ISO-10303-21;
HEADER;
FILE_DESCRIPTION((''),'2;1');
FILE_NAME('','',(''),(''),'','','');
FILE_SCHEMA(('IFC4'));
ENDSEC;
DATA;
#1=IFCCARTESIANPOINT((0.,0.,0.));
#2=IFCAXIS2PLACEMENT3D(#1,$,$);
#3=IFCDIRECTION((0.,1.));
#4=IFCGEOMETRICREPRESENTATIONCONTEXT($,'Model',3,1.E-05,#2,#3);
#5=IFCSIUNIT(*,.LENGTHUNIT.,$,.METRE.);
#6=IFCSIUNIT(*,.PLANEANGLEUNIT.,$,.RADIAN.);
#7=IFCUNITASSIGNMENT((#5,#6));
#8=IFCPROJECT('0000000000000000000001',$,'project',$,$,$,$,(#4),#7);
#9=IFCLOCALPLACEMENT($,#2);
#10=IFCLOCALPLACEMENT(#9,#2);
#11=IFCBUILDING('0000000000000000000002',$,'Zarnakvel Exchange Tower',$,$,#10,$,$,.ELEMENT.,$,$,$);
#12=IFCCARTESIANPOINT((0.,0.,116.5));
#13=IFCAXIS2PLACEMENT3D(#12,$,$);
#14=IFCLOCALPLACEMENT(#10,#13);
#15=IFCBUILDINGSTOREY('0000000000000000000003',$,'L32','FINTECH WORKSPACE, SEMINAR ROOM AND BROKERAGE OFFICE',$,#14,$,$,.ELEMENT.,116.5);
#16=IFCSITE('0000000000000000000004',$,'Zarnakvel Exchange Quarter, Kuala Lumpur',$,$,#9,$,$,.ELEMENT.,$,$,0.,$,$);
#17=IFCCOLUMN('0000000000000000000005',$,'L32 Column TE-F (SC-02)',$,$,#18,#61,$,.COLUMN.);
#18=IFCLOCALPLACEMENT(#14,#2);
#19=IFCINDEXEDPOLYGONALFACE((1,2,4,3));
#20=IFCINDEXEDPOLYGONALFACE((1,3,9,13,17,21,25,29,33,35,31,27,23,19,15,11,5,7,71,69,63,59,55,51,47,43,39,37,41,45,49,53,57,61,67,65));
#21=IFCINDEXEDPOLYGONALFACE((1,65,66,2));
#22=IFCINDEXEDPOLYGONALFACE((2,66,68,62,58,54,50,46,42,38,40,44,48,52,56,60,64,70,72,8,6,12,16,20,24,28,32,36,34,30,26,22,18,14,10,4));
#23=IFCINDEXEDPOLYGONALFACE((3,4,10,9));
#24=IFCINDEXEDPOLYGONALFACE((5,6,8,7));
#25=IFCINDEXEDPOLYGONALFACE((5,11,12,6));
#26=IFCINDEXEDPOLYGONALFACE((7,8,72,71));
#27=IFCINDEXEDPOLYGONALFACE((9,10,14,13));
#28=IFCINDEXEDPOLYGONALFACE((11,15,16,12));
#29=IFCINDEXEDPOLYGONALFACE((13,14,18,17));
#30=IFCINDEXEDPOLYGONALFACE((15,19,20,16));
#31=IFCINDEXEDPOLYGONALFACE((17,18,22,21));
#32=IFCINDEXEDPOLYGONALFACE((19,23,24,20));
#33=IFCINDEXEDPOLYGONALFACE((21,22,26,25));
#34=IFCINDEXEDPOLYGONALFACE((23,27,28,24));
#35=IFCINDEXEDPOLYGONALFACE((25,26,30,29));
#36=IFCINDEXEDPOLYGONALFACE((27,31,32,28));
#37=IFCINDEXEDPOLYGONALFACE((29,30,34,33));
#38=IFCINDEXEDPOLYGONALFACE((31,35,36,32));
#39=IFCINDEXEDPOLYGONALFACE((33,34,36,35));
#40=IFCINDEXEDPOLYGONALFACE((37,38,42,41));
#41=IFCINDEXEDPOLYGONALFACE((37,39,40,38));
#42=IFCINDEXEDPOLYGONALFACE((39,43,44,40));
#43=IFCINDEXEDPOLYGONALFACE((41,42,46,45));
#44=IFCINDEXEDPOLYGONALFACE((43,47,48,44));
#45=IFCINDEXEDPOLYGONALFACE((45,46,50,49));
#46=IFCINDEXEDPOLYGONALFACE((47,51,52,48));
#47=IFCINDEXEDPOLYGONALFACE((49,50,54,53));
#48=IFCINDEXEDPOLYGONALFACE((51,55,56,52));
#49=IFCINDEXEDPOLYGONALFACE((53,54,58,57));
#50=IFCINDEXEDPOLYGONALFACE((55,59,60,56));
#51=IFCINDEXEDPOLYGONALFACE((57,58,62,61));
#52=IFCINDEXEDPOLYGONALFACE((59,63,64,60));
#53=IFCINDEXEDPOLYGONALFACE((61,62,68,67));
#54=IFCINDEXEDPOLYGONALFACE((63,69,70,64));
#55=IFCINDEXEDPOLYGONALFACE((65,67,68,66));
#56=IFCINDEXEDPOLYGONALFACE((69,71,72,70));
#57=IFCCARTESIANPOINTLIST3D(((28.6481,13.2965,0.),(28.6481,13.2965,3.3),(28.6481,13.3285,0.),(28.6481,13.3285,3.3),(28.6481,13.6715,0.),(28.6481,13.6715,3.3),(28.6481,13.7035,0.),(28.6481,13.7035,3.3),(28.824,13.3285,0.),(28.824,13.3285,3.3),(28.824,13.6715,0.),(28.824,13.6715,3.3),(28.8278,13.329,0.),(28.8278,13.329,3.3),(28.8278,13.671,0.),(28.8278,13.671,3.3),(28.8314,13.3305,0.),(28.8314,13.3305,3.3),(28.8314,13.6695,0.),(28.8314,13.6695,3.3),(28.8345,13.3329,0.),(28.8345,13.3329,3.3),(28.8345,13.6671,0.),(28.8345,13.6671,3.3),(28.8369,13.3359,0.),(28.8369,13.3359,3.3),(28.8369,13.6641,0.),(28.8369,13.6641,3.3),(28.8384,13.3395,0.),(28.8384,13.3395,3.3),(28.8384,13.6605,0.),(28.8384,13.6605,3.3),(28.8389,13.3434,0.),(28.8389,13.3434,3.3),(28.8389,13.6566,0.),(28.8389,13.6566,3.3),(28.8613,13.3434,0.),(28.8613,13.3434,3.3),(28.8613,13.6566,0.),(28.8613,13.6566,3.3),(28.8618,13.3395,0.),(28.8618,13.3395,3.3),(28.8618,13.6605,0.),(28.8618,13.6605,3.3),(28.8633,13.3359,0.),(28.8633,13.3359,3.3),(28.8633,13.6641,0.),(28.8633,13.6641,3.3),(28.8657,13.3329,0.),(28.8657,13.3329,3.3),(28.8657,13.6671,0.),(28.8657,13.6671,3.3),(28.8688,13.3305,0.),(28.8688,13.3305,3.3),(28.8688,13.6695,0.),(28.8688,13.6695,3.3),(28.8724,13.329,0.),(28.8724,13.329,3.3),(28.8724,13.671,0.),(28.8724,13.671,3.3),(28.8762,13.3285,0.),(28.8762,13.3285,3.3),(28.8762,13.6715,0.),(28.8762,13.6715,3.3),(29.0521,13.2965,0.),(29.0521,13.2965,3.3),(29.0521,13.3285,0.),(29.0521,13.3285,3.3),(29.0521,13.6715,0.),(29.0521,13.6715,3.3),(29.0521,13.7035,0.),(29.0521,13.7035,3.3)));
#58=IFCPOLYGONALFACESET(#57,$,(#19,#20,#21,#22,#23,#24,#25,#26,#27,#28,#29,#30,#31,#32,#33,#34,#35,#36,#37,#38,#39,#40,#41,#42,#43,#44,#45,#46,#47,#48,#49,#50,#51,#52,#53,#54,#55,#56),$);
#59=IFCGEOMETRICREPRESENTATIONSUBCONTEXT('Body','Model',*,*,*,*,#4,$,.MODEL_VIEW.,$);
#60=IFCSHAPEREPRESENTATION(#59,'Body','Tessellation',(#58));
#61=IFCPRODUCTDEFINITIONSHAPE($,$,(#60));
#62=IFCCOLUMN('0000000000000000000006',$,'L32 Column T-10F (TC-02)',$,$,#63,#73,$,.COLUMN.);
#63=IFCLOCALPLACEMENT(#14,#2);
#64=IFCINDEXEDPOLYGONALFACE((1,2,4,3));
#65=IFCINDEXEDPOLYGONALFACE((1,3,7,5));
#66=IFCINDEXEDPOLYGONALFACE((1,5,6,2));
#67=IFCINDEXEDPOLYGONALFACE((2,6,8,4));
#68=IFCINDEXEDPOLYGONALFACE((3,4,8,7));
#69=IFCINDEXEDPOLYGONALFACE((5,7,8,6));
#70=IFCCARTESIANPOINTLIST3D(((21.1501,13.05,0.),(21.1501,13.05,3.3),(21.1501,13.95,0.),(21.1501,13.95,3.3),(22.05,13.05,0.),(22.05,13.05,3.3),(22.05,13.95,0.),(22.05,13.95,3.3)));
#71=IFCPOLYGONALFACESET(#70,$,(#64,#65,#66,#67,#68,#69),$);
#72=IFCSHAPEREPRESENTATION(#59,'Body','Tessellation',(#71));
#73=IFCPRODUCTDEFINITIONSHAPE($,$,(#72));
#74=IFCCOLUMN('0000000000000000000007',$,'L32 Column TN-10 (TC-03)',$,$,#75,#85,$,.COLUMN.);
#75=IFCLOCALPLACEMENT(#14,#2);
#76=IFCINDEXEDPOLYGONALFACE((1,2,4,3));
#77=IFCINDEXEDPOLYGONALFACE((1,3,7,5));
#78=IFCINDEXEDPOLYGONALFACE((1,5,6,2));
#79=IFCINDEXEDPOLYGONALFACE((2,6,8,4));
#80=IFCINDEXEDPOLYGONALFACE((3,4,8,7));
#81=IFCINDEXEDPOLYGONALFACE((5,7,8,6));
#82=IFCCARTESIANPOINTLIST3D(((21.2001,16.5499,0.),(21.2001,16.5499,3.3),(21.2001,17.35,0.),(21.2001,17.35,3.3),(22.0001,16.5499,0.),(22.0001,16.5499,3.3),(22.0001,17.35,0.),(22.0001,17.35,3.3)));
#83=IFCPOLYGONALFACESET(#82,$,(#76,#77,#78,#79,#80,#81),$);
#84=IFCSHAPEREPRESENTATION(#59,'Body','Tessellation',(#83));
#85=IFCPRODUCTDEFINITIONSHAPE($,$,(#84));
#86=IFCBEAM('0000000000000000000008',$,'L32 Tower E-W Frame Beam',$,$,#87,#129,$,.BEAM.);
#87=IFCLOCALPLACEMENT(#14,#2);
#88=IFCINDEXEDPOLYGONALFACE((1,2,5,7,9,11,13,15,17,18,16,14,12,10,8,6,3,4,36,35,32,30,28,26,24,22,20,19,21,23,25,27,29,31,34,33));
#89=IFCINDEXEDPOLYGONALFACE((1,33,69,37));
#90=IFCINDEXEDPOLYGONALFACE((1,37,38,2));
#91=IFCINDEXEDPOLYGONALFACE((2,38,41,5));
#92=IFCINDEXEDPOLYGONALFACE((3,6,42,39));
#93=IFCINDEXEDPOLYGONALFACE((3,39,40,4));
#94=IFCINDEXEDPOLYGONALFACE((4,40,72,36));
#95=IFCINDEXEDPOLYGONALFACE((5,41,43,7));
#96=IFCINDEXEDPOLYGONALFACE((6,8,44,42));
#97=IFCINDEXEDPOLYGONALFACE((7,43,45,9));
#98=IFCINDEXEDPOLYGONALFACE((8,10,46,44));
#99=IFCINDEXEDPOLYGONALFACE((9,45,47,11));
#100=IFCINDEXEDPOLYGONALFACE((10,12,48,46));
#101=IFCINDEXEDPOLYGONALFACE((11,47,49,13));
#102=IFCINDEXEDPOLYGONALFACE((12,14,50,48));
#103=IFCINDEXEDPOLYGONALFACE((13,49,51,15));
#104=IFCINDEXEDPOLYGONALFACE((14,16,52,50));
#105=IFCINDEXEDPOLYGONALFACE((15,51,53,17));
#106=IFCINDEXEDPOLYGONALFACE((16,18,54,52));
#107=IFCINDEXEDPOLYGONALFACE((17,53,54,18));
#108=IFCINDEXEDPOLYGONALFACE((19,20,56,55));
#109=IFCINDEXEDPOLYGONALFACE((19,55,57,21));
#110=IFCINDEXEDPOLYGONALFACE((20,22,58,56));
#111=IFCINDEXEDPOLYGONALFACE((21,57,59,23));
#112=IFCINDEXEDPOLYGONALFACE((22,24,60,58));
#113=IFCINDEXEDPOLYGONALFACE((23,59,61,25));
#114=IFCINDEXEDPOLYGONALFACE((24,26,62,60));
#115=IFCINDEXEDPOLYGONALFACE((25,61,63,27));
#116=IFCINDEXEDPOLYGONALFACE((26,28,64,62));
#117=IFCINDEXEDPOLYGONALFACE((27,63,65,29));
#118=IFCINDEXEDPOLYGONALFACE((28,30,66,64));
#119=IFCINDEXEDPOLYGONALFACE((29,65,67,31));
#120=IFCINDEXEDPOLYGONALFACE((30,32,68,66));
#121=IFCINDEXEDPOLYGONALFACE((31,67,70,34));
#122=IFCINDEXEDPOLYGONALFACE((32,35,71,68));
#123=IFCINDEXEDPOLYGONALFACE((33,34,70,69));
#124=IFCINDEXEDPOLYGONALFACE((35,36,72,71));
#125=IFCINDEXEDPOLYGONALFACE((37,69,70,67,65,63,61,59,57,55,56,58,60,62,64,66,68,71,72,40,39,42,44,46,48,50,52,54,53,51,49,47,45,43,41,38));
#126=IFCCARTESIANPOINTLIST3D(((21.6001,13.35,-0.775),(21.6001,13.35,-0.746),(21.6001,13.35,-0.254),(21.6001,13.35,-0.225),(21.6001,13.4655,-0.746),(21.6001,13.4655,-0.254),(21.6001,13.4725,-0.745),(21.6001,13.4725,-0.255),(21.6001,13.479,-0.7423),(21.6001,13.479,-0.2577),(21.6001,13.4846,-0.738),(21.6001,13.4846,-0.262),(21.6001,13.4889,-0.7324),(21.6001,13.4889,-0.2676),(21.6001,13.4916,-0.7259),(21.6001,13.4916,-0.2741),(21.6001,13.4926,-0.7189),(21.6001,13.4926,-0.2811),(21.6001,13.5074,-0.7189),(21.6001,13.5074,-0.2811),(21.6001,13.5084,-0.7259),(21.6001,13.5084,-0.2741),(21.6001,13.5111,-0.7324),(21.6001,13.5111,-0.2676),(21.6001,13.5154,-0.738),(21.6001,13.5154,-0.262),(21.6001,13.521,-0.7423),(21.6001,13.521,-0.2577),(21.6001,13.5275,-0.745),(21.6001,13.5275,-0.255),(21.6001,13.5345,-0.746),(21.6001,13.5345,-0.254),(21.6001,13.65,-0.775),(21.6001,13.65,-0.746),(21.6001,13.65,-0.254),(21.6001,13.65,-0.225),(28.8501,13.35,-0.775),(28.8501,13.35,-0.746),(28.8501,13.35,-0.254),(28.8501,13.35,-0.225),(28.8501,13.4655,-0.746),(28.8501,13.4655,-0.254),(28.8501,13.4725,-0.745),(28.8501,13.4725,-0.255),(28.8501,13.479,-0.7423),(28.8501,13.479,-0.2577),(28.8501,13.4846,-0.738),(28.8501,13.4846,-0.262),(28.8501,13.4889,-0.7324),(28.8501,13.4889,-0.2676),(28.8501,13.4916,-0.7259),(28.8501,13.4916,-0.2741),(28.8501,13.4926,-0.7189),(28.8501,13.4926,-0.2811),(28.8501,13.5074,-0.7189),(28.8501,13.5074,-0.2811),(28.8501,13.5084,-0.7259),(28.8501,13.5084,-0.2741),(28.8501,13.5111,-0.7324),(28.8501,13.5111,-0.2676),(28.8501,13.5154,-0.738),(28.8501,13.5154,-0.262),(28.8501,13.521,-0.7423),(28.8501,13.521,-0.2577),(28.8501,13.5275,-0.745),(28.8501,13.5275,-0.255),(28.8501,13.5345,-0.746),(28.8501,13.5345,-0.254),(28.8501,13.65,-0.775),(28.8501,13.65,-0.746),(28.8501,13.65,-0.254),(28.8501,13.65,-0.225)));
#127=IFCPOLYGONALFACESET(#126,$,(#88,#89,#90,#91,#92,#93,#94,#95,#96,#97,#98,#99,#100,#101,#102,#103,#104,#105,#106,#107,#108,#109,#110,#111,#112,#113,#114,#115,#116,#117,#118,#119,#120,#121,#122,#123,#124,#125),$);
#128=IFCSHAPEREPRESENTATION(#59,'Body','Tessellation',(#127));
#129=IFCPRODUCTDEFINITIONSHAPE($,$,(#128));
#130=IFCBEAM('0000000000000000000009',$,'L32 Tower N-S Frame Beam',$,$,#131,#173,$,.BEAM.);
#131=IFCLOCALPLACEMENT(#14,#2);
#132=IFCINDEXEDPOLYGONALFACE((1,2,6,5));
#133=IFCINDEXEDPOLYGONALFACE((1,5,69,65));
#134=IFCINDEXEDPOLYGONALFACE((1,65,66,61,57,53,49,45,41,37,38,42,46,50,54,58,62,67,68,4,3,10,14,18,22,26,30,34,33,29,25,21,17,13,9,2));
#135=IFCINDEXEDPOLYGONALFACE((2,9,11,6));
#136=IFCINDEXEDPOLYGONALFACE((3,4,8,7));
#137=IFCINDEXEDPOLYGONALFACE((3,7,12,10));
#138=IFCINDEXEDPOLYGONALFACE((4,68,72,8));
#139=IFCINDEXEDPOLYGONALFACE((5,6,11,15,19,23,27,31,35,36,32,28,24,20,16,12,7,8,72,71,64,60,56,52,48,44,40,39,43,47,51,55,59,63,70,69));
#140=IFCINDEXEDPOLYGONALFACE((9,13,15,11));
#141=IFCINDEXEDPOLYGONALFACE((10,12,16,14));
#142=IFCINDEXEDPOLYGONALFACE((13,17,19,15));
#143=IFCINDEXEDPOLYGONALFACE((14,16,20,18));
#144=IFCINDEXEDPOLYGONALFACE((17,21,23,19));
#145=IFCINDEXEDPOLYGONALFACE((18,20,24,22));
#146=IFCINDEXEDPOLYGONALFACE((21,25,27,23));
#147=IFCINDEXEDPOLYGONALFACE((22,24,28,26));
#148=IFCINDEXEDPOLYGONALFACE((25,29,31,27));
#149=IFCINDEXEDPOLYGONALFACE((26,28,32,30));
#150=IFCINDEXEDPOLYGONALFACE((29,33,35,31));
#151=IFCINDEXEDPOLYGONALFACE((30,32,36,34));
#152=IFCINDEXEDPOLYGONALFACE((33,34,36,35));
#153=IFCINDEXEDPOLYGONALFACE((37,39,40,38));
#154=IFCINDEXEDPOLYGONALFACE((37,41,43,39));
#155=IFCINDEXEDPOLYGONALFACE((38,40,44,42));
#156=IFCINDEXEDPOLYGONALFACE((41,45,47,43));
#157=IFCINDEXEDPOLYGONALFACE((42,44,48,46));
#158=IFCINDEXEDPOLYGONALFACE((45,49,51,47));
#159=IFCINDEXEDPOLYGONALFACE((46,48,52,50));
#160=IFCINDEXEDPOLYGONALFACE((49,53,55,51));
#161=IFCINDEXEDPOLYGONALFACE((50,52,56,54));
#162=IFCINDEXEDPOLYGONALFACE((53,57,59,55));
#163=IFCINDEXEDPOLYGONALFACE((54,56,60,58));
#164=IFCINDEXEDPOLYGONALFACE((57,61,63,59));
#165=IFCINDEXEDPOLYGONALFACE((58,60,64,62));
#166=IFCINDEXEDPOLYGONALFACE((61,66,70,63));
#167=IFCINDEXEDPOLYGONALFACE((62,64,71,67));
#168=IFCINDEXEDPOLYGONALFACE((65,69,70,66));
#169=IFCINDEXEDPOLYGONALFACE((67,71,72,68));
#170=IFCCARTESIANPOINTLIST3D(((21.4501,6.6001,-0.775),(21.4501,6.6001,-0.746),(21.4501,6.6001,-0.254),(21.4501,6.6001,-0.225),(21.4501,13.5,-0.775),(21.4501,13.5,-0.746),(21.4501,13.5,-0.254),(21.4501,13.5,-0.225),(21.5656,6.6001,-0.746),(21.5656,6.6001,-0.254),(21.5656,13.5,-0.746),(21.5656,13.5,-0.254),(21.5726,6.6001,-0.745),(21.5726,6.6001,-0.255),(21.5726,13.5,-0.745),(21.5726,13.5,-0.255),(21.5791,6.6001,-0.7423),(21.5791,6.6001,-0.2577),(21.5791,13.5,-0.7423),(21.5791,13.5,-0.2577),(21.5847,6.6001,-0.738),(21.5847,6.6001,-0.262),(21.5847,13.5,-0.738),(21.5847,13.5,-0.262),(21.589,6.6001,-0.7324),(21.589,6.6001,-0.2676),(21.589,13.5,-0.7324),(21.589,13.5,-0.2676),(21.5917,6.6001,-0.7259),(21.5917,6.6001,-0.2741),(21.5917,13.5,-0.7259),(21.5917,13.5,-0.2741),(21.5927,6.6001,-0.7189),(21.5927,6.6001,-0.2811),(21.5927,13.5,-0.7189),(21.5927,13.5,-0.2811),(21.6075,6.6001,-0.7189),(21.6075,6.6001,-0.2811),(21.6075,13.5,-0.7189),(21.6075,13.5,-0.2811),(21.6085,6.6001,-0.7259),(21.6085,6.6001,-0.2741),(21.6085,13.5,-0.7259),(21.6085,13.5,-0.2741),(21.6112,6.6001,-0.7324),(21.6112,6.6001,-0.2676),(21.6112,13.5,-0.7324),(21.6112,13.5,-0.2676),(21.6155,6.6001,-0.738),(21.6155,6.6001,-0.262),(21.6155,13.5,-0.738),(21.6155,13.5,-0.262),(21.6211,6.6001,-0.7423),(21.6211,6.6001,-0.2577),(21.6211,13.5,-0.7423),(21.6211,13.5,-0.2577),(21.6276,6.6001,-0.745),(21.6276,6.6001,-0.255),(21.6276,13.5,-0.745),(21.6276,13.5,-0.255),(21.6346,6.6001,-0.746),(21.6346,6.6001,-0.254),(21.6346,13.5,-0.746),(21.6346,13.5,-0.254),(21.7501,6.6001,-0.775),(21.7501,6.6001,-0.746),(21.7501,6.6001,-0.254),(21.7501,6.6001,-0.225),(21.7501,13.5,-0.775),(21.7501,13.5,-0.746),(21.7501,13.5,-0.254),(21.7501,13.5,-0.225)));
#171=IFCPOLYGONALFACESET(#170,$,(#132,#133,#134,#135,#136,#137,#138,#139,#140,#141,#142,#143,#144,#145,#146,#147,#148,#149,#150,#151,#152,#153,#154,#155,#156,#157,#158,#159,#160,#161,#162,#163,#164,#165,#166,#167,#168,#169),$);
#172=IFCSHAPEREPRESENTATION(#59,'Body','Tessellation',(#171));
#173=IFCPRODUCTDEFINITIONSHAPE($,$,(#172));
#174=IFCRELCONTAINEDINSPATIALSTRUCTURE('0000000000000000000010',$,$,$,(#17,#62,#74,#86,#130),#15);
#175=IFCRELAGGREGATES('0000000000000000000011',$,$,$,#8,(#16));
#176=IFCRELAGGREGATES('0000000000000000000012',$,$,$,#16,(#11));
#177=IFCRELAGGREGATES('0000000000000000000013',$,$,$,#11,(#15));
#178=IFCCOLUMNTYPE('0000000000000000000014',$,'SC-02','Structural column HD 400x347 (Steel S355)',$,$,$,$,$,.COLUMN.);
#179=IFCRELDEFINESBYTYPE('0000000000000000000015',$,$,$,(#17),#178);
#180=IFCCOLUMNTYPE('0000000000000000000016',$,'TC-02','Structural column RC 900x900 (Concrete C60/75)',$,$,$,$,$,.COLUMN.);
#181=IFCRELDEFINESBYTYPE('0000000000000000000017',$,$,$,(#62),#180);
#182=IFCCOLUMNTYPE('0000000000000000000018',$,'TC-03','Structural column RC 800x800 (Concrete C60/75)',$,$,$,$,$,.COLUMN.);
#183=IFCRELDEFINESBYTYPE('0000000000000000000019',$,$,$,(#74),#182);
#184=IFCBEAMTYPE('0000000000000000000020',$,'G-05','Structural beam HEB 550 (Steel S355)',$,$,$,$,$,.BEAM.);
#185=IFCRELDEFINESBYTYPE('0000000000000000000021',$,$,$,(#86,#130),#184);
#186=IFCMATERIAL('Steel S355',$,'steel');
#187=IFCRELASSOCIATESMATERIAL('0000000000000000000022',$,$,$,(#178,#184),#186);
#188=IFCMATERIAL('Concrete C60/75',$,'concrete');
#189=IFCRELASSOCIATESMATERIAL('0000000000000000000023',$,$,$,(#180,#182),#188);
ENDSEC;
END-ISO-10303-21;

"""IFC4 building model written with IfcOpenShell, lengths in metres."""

from ifc_helpers import new_model, si_unit, direction, frame, origin, origin_2d, place, context, subcontext, project, spatial, rectangle, i_section, extrude, material, material_profile, profile_set, type_object, element, save


model = new_model("IFC4")

# Units and contexts
model_context = context("Model", 3, precision=1e-05, world=origin(), true_north=direction((0.0, 1.0)))
body_context = subcontext(model_context, "Body", "Model", "MODEL_VIEW")
ifc_project = project(units=[si_unit("LENGTHUNIT", "METRE"), si_unit("PLANEANGLEUNIT", "RADIAN")], contexts=[model_context])

# Site, building, storey
site_placement = place(None, origin())
site = spatial("IfcSite", under=ifc_project, at=site_placement, Name="Zarnakvel Exchange Quarter, Kuala Lumpur", CompositionType="ELEMENT", RefElevation=0.0)
building_placement = place(site_placement, origin())
building = spatial("IfcBuilding", under=site, at=building_placement, Name="Zarnakvel Exchange Tower", CompositionType="ELEMENT")
storey_placement = place(building_placement, frame((0.0, 0.0, 116.5)))
storey = spatial("IfcBuildingStorey", under=building, at=storey_placement, Name="L32", Description="FINTECH WORKSPACE, SEMINAR ROOM AND BROKERAGE OFFICE", CompositionType="ELEMENT", Elevation=116.5)

# Columns
ifc_material_1 = material(Name="Steel S355", Category="steel")
ifc_material_profile_1 = material_profile(ifc_material_1, i_section(OverallWidth=0.4041, OverallDepth=0.407, WebThickness=0.0225, FlangeThickness=0.032, FilletRadius=0.0149, at=origin_2d()))
ifc_profile_set_1 = profile_set([ifc_material_profile_1], Name="Steel S355")
column_type_1 = type_object("IfcColumnType", Name="SC-02", Description="Structural column HD 400x347 (Steel S355)", PredefinedType="COLUMN", material=ifc_profile_set_1)
column_1_placement = place(storey_placement, frame((28.8501, 13.5, 0.0), z_axis=(0.0, 0.0, 1.0), x_axis=(1.0, 0.0, 0.0)))
element("IfcColumn", 1, at=column_1_placement, inside=storey, type_object=column_type_1, Name="L32 Column TE-F (SC-02)", PredefinedType="COLUMN", context=body_context, shape_type="SweptSolid", body=[
    extrude(i_section(OverallWidth=0.4041, OverallDepth=0.407, WebThickness=0.0225, FlangeThickness=0.032, FilletRadius=0.0149, at=origin_2d()), origin(), (0.0, 0.0, 1.0), 3.3),
])
ifc_material_2 = material(Name="Concrete C60/75", Category="concrete")
ifc_material_profile_2 = material_profile(ifc_material_2, rectangle(XDim=0.8999, YDim=0.8999, at=origin_2d()))
ifc_profile_set_2 = profile_set([ifc_material_profile_2], Name="Concrete C60/75")
column_type_2 = type_object("IfcColumnType", Name="TC-02", Description="Structural column RC 900x900 (Concrete C60/75)", PredefinedType="COLUMN", material=ifc_profile_set_2)
column_2_placement = place(storey_placement, frame((21.6001, 13.5, 0.0), z_axis=(0.0, 0.0, 1.0), x_axis=(1.0, 0.0, 0.0)))
element("IfcColumn", 2, at=column_2_placement, inside=storey, type_object=column_type_2, Name="L32 Column T-10F (TC-02)", PredefinedType="COLUMN", context=body_context, shape_type="SweptSolid", body=[
    extrude(rectangle(XDim=0.8999, YDim=0.8999, at=origin_2d()), origin(), (0.0, 0.0, 1.0), 3.3),
])
ifc_material_profile_3 = material_profile(ifc_material_2, rectangle(XDim=0.8, YDim=0.8, at=origin_2d()))
ifc_profile_set_3 = profile_set([ifc_material_profile_3], Name="Concrete C60/75")
column_type_3 = type_object("IfcColumnType", Name="TC-03", Description="Structural column RC 800x800 (Concrete C60/75)", PredefinedType="COLUMN", material=ifc_profile_set_3)
column_3_placement = place(storey_placement, frame((21.6001, 16.95, 0.0), z_axis=(0.0, 0.0, 1.0), x_axis=(1.0, 0.0, 0.0)))
element("IfcColumn", 3, at=column_3_placement, inside=storey, type_object=column_type_3, Name="L32 Column TN-10 (TC-03)", PredefinedType="COLUMN", context=body_context, shape_type="SweptSolid", body=[
    extrude(rectangle(XDim=0.8, YDim=0.8, at=origin_2d()), origin(), (0.0, 0.0, 1.0), 3.3),
])

# Beams
ifc_material_profile_4 = material_profile(ifc_material_1, i_section(OverallWidth=0.3, OverallDepth=0.55, WebThickness=0.0149, FlangeThickness=0.0291, FilletRadius=0.0271, at=origin_2d()))
ifc_profile_set_4 = profile_set([ifc_material_profile_4], Name="Steel S355")
beam_type = type_object("IfcBeamType", Name="G-05", Description="Structural beam HEB 550 (Steel S355)", PredefinedType="BEAM", material=ifc_profile_set_4)
beam_1_placement = place(storey_placement, frame((21.6001, 13.5, -0.5), z_axis=(1.0, 0.0, 0.0), x_axis=(0.0, 1.0, 0.0)))
element("IfcBeam", 4, at=beam_1_placement, inside=storey, type_object=beam_type, Name="L32 Tower E-W Frame Beam", PredefinedType="BEAM", context=body_context, shape_type="SweptSolid", body=[
    extrude(i_section(OverallWidth=0.3, OverallDepth=0.55, WebThickness=0.0149, FlangeThickness=0.0291, FilletRadius=0.0271, at=origin_2d()), origin(), (0.0, 0.0, 1.0), 7.25),
])
beam_2_placement = place(storey_placement, frame((21.6001, 6.6001, -0.5), z_axis=(0.0, 1.0, 0.0), x_axis=(-1.0, 0.0, 0.0)))
element("IfcBeam", 5, at=beam_2_placement, inside=storey, type_object=beam_type, Name="L32 Tower N-S Frame Beam", PredefinedType="BEAM", context=body_context, shape_type="SweptSolid", body=[
    extrude(i_section(OverallWidth=0.3, OverallDepth=0.55, WebThickness=0.0149, FlangeThickness=0.0291, FilletRadius=0.0271, at=origin_2d()), origin(), (0.0, 0.0, 1.0), 6.8999),
])

save(model, "model.ifc")
